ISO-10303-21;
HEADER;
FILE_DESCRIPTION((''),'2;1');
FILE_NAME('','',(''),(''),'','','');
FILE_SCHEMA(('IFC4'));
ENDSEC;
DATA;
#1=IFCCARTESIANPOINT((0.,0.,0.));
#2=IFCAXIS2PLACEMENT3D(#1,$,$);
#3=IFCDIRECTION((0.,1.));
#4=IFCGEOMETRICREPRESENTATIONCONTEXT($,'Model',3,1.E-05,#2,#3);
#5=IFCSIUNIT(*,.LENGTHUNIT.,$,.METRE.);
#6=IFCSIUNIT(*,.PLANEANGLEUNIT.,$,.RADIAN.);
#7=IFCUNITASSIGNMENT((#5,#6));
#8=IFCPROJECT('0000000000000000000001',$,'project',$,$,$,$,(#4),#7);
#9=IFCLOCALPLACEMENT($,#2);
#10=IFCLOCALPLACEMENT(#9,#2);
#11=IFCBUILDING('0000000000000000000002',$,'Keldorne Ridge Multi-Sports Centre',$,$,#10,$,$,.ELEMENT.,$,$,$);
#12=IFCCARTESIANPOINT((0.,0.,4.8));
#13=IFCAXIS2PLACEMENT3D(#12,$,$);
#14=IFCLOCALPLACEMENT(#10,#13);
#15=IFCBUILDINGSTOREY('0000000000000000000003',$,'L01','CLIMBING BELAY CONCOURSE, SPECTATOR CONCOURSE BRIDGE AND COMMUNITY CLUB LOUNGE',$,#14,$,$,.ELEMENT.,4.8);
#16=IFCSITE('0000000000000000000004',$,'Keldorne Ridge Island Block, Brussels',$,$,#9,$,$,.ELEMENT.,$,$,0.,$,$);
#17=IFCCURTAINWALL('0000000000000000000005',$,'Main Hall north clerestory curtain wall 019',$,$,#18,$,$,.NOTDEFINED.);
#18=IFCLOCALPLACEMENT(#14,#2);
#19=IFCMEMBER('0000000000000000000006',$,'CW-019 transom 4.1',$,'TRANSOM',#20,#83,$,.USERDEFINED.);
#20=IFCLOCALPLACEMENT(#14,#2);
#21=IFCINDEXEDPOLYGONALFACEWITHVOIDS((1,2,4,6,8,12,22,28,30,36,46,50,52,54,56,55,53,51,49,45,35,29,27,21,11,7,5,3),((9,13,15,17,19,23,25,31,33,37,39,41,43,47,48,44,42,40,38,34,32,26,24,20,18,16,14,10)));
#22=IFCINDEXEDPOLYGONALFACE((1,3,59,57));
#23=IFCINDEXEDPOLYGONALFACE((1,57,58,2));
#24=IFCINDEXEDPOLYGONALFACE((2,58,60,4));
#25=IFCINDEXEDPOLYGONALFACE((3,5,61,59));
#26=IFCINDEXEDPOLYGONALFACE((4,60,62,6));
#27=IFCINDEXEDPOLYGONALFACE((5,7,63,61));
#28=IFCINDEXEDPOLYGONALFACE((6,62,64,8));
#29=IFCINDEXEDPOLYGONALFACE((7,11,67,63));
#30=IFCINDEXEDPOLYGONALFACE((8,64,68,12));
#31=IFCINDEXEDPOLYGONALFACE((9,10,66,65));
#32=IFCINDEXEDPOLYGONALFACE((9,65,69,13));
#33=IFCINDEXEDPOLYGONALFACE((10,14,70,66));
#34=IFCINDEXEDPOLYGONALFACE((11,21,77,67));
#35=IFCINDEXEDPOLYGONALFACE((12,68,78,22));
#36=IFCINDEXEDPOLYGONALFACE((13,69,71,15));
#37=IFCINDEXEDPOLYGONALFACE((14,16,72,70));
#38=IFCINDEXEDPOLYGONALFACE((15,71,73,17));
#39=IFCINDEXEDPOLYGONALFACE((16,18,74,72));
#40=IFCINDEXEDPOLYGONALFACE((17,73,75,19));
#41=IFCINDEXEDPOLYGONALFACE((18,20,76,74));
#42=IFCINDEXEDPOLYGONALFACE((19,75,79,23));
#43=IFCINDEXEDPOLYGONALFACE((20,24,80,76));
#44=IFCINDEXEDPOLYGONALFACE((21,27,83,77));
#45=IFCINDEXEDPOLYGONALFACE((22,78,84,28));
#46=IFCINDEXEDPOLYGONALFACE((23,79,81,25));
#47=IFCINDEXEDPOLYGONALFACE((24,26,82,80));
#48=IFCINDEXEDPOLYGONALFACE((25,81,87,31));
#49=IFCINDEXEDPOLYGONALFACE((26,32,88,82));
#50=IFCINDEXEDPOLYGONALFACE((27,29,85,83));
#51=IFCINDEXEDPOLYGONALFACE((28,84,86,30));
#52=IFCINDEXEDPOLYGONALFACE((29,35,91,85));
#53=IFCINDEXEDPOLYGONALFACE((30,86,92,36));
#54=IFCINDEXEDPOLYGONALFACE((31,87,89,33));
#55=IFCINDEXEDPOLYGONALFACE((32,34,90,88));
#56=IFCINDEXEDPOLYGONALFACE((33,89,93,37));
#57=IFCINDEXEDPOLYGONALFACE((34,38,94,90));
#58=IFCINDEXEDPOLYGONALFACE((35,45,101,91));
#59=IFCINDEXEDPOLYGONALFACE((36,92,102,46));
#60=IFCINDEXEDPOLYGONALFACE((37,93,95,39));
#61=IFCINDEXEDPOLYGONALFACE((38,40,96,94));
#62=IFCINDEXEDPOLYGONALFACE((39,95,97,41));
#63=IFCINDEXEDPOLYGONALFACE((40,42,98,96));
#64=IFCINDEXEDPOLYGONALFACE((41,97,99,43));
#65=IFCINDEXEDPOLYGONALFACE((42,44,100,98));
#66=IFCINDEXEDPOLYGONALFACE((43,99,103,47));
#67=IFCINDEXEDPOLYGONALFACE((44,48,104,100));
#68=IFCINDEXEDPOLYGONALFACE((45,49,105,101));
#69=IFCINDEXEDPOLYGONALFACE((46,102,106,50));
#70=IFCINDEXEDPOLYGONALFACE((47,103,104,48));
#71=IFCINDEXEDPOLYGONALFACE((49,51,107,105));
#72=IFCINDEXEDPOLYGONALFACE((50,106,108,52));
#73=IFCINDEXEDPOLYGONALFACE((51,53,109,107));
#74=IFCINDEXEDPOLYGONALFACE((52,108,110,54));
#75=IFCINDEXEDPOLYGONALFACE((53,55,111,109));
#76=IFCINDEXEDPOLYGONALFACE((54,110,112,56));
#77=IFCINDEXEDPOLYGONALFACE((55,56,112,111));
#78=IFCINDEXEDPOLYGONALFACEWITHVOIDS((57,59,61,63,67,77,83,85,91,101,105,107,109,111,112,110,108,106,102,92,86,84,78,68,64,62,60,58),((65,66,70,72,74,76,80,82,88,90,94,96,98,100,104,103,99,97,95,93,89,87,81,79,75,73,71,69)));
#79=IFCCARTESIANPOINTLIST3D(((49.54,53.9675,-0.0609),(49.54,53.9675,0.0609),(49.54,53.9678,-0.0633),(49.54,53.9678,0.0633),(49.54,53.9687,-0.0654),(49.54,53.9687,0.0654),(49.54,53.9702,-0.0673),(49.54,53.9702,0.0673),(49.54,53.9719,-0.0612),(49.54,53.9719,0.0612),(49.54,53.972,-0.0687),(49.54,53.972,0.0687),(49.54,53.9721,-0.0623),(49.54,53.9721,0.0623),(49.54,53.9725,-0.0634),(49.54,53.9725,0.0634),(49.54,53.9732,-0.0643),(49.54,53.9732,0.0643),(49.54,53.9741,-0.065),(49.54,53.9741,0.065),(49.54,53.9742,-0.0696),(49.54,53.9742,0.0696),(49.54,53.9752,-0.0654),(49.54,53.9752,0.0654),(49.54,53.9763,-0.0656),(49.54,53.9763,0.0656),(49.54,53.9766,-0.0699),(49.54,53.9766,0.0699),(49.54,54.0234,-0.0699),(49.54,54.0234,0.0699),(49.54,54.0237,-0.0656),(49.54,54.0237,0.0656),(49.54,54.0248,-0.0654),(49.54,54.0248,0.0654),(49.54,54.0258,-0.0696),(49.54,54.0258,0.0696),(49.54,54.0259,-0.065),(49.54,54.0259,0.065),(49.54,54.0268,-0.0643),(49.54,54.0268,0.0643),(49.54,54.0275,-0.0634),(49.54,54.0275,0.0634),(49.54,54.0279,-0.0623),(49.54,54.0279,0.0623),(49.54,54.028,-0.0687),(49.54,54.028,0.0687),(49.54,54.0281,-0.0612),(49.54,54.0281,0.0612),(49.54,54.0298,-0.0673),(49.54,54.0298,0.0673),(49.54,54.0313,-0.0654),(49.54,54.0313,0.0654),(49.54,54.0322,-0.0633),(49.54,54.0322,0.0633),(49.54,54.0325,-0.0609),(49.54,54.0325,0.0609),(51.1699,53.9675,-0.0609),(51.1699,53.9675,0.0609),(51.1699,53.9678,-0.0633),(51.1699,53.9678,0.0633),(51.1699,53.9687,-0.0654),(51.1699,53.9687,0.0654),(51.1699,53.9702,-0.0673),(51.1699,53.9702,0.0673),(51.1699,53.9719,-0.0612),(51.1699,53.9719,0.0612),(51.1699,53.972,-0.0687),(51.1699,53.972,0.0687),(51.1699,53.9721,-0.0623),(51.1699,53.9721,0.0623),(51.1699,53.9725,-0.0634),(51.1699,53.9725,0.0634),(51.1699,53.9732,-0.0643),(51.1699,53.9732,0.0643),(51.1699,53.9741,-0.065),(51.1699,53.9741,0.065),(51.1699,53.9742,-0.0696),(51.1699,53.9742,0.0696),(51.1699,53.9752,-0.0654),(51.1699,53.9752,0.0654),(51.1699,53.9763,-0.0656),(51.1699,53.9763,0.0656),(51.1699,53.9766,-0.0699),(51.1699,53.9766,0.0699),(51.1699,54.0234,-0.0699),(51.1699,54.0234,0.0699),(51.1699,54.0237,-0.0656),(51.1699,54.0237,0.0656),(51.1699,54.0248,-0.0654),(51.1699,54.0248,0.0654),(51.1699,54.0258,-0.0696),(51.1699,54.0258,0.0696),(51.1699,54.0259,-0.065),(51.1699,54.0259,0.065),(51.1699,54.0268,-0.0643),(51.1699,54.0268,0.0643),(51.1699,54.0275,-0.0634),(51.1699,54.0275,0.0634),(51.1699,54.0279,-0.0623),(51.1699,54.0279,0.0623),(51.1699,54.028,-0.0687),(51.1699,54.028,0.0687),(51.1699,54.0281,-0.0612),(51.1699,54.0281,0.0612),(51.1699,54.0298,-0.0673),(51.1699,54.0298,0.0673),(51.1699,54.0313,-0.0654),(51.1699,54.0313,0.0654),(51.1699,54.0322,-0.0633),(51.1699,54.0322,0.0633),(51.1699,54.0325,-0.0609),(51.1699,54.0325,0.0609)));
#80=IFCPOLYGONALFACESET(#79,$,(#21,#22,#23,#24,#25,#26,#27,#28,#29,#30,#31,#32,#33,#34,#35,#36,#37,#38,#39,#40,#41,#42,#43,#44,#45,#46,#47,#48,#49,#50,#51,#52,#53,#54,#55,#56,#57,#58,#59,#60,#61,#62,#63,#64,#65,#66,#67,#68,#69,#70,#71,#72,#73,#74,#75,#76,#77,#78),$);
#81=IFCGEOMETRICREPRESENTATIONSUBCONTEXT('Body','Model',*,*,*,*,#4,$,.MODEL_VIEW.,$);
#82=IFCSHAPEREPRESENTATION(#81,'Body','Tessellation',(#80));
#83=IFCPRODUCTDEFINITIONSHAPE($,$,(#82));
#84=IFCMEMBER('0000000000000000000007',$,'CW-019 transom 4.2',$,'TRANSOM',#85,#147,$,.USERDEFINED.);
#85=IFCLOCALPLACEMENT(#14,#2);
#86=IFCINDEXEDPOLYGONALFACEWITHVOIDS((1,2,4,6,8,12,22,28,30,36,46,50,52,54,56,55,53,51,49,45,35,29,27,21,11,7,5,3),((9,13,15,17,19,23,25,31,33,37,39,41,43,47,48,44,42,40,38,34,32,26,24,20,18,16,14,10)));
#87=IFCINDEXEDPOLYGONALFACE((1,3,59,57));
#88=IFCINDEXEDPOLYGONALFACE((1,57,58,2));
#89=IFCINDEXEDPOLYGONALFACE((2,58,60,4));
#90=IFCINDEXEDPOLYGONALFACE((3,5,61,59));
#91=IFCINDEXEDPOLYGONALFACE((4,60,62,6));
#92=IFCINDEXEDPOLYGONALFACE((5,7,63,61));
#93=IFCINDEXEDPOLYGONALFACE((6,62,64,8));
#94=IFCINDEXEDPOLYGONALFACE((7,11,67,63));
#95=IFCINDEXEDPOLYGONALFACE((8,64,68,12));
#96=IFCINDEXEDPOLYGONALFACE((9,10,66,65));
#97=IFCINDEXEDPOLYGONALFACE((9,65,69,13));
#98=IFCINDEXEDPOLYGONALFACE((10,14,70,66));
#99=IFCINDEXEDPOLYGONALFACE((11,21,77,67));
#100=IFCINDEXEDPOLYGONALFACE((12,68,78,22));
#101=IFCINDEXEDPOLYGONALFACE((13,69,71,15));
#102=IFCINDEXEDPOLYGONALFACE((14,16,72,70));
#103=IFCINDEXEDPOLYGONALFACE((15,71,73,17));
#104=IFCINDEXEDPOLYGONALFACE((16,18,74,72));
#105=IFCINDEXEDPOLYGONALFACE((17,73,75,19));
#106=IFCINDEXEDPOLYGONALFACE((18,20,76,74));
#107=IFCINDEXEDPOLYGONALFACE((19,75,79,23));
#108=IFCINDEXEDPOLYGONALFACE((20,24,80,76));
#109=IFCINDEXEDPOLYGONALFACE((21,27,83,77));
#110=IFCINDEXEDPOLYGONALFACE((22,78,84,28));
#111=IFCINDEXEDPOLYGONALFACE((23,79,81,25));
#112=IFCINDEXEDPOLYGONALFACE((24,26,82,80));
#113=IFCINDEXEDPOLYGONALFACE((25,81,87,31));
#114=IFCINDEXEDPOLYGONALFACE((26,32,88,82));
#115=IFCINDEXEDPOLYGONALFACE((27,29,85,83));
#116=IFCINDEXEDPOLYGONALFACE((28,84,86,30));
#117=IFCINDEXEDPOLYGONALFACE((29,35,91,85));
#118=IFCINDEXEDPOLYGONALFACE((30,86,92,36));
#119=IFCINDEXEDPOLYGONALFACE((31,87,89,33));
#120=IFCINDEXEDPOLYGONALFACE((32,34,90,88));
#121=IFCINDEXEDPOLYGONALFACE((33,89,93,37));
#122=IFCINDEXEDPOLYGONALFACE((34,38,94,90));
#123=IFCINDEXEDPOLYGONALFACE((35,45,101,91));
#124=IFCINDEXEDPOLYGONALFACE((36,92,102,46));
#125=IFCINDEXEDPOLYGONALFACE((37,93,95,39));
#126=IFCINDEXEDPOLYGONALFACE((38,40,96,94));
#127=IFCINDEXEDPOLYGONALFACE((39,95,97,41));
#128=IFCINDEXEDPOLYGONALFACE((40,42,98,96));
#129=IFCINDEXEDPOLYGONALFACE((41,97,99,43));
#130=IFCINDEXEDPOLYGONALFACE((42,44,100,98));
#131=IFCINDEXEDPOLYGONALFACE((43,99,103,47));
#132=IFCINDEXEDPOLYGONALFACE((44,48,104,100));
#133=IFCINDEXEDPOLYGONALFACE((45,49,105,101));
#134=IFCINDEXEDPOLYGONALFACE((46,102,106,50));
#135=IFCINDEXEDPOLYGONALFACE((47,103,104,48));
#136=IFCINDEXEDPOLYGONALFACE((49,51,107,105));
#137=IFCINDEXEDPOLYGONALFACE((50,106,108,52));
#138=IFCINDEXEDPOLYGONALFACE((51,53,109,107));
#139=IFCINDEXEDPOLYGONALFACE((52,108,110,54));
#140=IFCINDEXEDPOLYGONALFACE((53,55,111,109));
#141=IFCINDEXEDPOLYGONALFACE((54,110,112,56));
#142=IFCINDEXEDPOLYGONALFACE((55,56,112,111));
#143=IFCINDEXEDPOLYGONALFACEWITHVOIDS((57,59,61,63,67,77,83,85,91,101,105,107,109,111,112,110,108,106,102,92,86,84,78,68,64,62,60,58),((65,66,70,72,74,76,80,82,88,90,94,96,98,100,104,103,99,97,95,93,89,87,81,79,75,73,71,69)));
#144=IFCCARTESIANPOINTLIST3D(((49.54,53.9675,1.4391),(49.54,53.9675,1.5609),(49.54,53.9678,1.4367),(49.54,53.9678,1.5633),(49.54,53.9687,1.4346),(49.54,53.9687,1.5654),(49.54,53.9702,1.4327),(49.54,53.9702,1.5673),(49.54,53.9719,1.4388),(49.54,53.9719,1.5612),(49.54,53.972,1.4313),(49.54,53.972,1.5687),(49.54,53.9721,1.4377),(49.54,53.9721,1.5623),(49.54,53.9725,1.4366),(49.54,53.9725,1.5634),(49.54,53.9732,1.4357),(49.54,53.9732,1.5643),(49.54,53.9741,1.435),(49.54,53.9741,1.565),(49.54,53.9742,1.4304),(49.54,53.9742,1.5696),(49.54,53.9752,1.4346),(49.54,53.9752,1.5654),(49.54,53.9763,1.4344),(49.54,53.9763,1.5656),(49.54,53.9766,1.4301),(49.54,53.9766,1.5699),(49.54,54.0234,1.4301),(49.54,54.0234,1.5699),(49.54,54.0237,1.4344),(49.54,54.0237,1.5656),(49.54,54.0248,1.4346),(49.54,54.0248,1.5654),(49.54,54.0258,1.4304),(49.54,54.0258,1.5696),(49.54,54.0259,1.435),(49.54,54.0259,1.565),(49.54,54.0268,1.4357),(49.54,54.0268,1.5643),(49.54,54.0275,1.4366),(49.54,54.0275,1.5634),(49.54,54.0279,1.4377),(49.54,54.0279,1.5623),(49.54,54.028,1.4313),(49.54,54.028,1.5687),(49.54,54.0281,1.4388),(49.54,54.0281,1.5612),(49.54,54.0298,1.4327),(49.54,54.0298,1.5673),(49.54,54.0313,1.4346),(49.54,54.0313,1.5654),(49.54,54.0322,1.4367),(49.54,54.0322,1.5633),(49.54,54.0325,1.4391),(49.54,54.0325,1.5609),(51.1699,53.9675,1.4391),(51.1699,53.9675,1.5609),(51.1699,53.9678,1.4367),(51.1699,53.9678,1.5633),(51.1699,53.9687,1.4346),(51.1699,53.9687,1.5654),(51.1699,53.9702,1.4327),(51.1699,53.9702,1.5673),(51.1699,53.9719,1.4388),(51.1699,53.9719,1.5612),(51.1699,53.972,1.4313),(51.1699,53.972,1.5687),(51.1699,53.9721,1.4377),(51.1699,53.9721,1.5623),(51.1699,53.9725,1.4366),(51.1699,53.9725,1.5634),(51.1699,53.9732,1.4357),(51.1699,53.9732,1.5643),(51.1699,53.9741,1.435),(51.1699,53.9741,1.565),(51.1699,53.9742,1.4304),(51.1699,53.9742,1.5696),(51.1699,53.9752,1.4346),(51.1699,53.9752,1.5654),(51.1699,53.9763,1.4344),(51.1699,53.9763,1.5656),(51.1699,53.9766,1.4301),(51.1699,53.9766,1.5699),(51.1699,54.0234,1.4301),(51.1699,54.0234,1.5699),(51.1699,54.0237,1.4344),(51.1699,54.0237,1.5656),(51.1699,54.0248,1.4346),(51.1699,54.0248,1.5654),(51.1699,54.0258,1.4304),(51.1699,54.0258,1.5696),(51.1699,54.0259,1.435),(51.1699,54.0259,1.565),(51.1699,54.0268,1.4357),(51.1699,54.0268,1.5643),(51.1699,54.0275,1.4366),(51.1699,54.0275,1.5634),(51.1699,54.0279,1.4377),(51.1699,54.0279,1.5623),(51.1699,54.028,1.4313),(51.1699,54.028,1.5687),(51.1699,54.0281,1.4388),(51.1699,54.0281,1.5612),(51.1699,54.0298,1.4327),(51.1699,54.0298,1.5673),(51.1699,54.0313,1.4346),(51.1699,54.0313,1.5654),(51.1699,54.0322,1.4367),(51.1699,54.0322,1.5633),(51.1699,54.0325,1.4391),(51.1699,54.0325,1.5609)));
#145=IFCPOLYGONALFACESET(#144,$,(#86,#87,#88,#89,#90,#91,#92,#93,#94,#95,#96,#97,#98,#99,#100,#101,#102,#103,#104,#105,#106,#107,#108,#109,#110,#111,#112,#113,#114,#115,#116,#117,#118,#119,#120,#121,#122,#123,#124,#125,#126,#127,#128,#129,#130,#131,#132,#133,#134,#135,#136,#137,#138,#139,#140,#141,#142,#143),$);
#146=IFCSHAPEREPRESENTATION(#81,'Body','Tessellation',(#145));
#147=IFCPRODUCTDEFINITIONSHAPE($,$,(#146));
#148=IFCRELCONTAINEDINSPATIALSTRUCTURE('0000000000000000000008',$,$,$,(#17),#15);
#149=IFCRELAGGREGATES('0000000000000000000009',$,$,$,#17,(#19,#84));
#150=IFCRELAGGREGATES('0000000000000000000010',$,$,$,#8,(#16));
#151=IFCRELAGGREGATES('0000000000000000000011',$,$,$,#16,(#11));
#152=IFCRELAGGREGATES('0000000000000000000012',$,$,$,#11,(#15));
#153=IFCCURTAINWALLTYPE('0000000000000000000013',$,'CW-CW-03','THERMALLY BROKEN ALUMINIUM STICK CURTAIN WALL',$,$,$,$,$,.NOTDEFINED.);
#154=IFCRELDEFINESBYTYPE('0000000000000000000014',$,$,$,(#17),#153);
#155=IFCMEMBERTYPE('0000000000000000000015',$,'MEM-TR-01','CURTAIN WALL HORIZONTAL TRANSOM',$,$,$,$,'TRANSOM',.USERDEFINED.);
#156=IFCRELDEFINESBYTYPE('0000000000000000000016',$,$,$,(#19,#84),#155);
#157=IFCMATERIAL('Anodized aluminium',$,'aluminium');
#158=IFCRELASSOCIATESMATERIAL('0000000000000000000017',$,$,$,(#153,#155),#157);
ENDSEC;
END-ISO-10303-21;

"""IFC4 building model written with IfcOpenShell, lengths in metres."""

from ifc_helpers import new_model, si_unit, direction, frame, origin, origin_2d, place, context, subcontext, project, spatial, hollow_rectangle, extrude, material, material_profile, profile_set, type_object, element, aggregate, save


model = new_model("IFC4")

# Units and contexts
model_context = context("Model", 3, precision=1e-05, world=origin(), true_north=direction((0.0, 1.0)))
body_context = subcontext(model_context, "Body", "Model", "MODEL_VIEW")
ifc_project = project(units=[si_unit("LENGTHUNIT", "METRE"), si_unit("PLANEANGLEUNIT", "RADIAN")], contexts=[model_context])

# Site, building, storey
site_placement = place(None, origin())
site = spatial("IfcSite", under=ifc_project, at=site_placement, Name="Keldorne Ridge Island Block, Brussels", CompositionType="ELEMENT", RefElevation=0.0)
building_placement = place(site_placement, origin())
building = spatial("IfcBuilding", under=site, at=building_placement, Name="Keldorne Ridge Multi-Sports Centre", CompositionType="ELEMENT")
storey_placement = place(building_placement, frame((0.0, 0.0, 4.8)))
storey = spatial("IfcBuildingStorey", under=building, at=storey_placement, Name="L01", Description="CLIMBING BELAY CONCOURSE, SPECTATOR CONCOURSE BRIDGE AND COMMUNITY CLUB LOUNGE", CompositionType="ELEMENT", Elevation=4.8)

# Curtain wall, members
ifc_material_1 = material(Name="Anodized aluminium", Category="aluminium")
curtain_wall_type = type_object("IfcCurtainWallType", Name="CW-CW-03", Description="THERMALLY BROKEN ALUMINIUM STICK CURTAIN WALL", PredefinedType="NOTDEFINED", material=ifc_material_1)
curtain_wall_placement = place(storey_placement, origin())
curtain_wall = element("IfcCurtainWall", 1, at=curtain_wall_placement, inside=storey, type_object=curtain_wall_type, Name="Main Hall north clerestory curtain wall 019", PredefinedType="NOTDEFINED")
ifc_material_profile_1 = material_profile(ifc_material_1, hollow_rectangle(XDim=0.0649, YDim=0.1399, WallThickness=0.0044, InnerFilletRadius=0.0044, OuterFilletRadius=0.009, at=origin_2d()), Name="ALU TRANSOM 140x65x4.5")
ifc_profile_set_1 = profile_set([ifc_material_profile_1], Name="Anodized aluminium")
member_type_1 = type_object("IfcMemberType", Name="MEM-TR-01", Description="CURTAIN WALL HORIZONTAL TRANSOM", ElementType="TRANSOM", PredefinedType="USERDEFINED", material=ifc_profile_set_1)
member_1_placement = place(storey_placement, frame((51.1699, 54.0, 0.0), z_axis=(-1.0, 0.0, 0.0), x_axis=(0.0, -1.0, 0.0)))
member_1 = element("IfcMember", 2, at=member_1_placement, type_object=member_type_1, Name="CW-019 transom 4.1", ObjectType="TRANSOM", PredefinedType="USERDEFINED", context=body_context, shape_type="SweptSolid", body=[
    extrude(hollow_rectangle(XDim=0.0649, YDim=0.1399, WallThickness=0.0044, InnerFilletRadius=0.0044, OuterFilletRadius=0.009, at=origin_2d()), origin(), (0.0, 0.0, 1.0), 1.6299),
])
member_2_placement = place(storey_placement, frame((51.1699, 54.0, 1.5), z_axis=(-1.0, 0.0, 0.0), x_axis=(0.0, -1.0, 0.0)))
member_2 = element("IfcMember", 3, at=member_2_placement, type_object=member_type_1, Name="CW-019 transom 4.2", ObjectType="TRANSOM", PredefinedType="USERDEFINED", context=body_context, shape_type="SweptSolid", body=[
    extrude(hollow_rectangle(XDim=0.0649, YDim=0.1399, WallThickness=0.0044, InnerFilletRadius=0.0044, OuterFilletRadius=0.009, at=origin_2d()), origin(), (0.0, 0.0, 1.0), 1.6299),
])
aggregate(curtain_wall, [member_1, member_2])

save(model, "model.ifc")
